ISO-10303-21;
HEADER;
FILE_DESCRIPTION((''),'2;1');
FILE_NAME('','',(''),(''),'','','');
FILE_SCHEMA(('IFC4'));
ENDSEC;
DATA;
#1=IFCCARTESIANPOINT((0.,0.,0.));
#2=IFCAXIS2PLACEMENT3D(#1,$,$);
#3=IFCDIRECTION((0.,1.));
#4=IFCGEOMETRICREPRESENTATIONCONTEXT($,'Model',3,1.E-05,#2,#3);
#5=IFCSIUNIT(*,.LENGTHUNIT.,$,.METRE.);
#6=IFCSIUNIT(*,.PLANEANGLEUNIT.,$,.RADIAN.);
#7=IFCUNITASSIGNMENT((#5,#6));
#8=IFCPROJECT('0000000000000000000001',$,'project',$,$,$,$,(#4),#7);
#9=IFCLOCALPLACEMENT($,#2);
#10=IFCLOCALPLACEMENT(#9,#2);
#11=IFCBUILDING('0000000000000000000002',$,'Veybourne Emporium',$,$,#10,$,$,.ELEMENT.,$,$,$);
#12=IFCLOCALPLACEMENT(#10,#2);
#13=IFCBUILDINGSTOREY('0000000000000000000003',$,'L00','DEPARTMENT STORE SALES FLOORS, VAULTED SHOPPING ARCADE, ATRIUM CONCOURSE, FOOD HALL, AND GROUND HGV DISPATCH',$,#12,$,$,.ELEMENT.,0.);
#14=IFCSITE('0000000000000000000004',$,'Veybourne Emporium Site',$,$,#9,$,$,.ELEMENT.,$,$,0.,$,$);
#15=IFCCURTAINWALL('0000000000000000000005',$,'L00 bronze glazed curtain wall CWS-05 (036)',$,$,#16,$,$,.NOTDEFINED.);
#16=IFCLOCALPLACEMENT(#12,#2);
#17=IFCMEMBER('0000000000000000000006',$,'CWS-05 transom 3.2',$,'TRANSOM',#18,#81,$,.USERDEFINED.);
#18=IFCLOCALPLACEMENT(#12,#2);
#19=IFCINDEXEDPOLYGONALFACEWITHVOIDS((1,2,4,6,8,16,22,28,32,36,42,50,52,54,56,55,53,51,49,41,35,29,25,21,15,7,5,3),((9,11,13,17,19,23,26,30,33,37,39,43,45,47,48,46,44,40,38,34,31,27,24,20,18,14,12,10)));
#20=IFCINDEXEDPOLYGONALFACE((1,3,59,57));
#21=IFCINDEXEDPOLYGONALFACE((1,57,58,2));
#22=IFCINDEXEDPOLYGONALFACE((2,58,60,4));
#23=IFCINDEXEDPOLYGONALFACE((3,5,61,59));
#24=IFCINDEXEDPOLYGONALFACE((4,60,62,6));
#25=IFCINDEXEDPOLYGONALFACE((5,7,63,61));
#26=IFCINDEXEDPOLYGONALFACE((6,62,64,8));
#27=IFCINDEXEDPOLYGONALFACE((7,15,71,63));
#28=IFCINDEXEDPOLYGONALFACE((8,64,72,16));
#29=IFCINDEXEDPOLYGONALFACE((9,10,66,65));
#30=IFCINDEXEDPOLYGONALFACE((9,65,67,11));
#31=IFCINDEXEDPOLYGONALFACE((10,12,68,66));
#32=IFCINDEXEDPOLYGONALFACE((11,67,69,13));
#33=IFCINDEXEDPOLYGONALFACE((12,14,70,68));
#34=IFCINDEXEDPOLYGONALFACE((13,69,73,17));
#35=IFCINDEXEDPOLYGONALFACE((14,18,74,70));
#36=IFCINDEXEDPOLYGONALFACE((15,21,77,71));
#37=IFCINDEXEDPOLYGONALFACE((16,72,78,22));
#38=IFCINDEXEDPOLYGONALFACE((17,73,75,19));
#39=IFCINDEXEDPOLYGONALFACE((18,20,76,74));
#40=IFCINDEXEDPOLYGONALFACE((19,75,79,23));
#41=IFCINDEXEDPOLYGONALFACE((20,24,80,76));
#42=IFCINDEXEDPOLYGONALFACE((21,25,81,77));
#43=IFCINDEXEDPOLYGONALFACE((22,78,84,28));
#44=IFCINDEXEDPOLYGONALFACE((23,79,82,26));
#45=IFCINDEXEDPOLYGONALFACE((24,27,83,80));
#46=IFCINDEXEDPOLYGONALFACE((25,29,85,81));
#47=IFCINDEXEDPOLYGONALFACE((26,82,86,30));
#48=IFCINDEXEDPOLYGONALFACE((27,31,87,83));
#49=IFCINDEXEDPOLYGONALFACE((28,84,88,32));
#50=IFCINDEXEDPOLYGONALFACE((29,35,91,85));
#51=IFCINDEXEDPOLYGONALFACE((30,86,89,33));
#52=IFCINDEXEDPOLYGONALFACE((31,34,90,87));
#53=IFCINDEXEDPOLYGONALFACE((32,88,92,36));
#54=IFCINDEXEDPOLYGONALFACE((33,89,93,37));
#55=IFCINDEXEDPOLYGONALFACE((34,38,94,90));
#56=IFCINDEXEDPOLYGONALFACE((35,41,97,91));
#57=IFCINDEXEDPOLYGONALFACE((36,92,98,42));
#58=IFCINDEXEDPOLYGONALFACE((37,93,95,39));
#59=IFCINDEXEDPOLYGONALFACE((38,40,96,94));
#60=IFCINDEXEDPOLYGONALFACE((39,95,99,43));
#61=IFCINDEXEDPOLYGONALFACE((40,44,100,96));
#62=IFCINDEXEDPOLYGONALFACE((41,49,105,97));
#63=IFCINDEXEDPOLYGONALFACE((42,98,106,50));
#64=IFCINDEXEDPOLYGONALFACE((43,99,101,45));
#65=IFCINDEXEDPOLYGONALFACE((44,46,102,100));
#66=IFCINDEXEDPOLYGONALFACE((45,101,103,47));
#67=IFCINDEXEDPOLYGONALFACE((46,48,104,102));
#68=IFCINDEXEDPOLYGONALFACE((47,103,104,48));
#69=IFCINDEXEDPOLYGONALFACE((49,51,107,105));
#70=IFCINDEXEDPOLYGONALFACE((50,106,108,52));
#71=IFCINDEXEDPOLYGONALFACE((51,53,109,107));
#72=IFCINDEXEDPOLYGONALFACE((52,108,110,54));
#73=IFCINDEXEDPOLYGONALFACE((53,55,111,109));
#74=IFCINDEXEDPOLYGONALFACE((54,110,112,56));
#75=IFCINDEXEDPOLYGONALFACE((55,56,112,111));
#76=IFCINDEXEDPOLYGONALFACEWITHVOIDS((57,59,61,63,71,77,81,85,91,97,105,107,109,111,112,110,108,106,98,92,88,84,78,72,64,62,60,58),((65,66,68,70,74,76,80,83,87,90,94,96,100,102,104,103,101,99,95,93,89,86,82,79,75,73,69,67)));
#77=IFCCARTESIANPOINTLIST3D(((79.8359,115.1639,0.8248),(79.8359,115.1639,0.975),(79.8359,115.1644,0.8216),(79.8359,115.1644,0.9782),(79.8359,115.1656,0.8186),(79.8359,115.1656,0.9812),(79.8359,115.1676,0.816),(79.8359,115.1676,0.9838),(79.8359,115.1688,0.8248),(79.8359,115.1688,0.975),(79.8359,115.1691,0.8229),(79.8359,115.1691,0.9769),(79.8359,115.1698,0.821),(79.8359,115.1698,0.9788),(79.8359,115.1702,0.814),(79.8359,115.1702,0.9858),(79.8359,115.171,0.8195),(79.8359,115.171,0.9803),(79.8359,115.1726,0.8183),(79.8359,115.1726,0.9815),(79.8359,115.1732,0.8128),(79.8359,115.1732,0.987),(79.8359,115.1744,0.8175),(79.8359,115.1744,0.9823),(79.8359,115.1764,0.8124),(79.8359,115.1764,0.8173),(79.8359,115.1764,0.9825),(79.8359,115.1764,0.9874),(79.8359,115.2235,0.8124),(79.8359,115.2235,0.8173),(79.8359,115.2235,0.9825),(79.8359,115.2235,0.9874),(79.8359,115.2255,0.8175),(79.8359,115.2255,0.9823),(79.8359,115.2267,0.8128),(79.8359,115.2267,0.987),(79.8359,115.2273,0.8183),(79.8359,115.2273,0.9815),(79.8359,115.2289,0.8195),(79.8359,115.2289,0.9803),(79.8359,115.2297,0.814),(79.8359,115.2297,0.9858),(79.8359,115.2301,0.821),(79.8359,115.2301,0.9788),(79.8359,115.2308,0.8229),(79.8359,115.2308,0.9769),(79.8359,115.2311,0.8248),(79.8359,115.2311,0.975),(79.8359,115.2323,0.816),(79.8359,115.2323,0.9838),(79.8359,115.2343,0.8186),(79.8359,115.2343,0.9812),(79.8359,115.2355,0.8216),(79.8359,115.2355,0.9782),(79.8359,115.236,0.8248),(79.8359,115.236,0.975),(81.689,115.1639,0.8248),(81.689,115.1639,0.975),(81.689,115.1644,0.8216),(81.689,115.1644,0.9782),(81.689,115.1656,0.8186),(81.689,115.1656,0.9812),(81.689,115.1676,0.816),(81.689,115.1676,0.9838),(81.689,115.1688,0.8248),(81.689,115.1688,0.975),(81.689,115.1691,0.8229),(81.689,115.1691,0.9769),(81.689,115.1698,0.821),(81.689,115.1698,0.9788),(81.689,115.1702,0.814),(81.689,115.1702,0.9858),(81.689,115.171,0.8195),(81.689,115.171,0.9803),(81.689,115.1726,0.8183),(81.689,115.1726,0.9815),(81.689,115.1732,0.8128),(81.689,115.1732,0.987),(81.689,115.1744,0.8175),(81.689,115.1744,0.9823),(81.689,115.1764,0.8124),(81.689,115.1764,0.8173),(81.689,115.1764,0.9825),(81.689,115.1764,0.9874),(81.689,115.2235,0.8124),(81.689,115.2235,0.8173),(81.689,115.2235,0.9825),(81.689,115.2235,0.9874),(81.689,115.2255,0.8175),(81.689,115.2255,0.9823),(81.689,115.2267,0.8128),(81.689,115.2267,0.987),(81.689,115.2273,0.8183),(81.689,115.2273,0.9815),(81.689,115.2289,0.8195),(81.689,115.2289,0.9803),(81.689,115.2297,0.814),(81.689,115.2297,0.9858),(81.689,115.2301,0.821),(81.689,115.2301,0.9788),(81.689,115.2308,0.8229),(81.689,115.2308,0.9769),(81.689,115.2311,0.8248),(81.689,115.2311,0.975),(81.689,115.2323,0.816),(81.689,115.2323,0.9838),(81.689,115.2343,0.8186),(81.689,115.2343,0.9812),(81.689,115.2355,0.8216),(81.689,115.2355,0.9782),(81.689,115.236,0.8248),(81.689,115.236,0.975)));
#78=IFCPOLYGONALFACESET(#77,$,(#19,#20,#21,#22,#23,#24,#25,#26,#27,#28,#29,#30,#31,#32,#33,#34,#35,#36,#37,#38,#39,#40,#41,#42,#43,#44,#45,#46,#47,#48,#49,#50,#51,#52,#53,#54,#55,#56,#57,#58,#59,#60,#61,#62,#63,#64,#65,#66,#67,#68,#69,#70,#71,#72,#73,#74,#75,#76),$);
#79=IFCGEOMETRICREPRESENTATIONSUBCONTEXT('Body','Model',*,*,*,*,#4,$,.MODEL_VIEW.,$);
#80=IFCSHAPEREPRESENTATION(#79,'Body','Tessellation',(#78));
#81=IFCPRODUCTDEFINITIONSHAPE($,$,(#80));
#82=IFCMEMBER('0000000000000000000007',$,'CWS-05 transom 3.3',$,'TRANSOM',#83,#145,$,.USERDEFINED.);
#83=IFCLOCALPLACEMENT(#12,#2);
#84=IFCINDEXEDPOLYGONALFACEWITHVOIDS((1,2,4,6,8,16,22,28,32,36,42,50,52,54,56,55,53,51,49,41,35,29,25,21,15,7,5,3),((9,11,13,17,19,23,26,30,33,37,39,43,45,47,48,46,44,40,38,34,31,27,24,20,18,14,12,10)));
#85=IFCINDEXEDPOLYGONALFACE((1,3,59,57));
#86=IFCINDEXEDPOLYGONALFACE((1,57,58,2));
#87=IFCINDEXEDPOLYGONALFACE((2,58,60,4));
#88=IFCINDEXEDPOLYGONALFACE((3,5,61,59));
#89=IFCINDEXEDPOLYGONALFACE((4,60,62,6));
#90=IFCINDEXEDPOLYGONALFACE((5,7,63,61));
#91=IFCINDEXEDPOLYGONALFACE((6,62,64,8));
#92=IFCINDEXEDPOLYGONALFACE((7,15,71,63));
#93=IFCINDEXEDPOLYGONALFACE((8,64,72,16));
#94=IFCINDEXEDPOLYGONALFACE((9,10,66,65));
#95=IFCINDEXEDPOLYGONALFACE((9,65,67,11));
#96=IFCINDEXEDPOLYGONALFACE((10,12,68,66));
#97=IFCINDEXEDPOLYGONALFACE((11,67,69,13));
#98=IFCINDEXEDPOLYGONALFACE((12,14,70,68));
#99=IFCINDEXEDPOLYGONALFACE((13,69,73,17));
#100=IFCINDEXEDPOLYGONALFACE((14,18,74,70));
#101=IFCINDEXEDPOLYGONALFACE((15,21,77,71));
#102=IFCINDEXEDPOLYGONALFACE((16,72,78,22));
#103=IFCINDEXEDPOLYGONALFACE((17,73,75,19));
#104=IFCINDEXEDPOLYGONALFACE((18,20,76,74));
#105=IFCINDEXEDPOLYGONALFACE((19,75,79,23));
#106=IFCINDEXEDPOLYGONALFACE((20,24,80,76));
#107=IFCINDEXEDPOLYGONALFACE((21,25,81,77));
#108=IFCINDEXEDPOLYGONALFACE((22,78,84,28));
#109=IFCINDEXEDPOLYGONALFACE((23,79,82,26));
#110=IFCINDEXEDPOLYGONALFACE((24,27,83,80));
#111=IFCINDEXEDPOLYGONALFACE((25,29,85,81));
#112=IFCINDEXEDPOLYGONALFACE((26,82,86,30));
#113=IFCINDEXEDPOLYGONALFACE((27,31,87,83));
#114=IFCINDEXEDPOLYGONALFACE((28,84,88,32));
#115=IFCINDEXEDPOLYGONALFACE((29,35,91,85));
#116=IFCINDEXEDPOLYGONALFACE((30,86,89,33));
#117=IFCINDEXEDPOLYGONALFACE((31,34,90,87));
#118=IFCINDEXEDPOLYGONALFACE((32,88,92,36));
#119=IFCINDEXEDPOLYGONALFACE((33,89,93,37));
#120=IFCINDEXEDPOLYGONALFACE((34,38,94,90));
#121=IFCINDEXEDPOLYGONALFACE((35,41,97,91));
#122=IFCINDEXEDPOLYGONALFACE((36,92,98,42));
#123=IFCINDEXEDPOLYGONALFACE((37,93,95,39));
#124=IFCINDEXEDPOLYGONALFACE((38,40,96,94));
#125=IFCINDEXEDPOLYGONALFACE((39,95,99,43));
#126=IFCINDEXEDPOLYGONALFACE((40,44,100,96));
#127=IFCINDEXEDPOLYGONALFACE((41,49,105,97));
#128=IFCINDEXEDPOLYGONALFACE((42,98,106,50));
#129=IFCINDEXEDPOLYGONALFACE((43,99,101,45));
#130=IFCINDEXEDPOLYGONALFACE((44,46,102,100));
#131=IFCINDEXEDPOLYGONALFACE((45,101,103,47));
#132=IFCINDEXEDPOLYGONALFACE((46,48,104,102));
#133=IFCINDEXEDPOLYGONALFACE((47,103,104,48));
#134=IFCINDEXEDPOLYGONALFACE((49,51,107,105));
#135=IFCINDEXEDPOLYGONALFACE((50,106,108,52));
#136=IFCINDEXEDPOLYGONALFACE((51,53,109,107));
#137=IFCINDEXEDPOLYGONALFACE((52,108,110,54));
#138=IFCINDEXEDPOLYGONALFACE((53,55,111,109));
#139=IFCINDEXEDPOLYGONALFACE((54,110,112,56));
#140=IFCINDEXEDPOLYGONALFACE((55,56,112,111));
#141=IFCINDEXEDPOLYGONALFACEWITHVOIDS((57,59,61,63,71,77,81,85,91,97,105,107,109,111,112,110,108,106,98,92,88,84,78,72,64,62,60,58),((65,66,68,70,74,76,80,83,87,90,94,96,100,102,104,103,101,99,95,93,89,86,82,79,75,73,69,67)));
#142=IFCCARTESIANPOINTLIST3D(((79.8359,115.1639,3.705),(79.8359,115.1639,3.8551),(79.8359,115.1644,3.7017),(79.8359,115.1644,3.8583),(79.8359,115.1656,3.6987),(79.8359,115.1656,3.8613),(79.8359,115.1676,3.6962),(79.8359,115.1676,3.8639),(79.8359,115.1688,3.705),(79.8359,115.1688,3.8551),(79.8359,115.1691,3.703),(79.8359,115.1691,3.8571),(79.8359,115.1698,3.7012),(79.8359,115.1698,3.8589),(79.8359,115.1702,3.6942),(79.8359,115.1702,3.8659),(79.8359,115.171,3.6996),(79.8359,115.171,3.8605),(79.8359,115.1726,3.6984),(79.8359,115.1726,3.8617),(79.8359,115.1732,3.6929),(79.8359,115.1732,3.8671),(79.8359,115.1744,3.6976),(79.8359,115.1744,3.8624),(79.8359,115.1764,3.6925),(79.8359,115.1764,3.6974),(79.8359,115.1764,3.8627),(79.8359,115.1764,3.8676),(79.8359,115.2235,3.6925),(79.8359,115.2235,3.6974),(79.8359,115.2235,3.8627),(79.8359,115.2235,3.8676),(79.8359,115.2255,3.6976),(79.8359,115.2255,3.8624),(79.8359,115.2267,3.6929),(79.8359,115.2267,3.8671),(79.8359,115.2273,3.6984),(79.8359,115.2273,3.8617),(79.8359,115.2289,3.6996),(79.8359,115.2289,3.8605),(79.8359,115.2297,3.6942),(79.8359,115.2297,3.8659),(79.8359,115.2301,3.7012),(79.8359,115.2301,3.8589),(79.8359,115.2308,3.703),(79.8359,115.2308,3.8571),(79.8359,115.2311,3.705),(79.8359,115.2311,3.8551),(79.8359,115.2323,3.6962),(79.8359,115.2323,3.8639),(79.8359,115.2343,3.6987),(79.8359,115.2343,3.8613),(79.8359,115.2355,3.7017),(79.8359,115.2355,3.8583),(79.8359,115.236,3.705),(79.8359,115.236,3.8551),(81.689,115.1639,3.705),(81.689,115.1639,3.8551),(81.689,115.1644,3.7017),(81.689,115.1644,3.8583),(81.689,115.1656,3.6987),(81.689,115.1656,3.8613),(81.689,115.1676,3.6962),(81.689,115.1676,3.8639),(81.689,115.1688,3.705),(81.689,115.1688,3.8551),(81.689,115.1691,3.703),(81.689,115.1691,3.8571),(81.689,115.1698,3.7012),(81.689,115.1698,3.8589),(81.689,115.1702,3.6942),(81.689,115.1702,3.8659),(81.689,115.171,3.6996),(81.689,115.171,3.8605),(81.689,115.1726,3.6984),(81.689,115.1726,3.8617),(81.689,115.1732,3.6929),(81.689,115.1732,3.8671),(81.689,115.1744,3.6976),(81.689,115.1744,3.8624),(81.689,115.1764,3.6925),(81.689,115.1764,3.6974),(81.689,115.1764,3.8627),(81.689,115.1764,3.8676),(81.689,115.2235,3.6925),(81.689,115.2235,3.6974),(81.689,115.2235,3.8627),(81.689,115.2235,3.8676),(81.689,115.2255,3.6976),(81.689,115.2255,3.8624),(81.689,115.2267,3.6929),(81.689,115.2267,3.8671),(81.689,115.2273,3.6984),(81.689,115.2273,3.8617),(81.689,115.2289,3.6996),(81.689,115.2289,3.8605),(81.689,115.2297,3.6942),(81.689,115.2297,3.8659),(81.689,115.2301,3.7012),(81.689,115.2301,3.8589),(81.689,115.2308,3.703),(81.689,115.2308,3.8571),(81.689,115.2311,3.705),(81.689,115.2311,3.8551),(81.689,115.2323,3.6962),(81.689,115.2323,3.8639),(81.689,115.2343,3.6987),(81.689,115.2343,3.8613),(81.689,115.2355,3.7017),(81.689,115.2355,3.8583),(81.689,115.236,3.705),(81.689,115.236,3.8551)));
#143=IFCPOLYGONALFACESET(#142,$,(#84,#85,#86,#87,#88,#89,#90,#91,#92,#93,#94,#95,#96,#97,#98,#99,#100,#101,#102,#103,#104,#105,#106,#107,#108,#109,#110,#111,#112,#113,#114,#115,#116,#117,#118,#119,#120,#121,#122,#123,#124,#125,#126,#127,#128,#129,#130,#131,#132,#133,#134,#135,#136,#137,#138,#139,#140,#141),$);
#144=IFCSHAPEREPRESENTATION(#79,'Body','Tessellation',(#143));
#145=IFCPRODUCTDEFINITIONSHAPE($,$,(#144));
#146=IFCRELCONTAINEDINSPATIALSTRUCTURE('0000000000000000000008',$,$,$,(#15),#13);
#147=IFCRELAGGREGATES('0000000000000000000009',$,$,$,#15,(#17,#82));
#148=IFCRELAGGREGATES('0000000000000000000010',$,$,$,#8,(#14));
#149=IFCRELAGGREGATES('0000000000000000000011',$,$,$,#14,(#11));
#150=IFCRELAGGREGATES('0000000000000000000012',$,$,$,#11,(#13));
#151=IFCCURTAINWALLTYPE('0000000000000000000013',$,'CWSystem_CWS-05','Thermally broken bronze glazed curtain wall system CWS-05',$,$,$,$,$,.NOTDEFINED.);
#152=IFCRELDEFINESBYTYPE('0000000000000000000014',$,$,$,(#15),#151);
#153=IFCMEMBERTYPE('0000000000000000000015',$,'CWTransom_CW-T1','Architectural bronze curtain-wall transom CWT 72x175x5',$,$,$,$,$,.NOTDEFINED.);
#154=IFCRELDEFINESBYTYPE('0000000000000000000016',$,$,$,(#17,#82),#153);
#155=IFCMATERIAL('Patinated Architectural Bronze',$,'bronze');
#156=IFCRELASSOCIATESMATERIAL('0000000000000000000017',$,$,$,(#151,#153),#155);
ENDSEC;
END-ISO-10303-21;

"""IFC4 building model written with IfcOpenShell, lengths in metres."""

from ifc_helpers import new_model, si_unit, direction, frame, origin, origin_2d, place, context, subcontext, project, spatial, hollow_rectangle, extrude, material, material_profile, profile_set, type_object, element, aggregate, save


model = new_model("IFC4")

# Units and contexts
model_context = context("Model", 3, precision=1e-05, world=origin(), true_north=direction((0.0, 1.0)))
body_context = subcontext(model_context, "Body", "Model", "MODEL_VIEW")
ifc_project = project(units=[si_unit("LENGTHUNIT", "METRE"), si_unit("PLANEANGLEUNIT", "RADIAN")], contexts=[model_context])

# Site, building, storey
site_placement = place(None, origin())
site = spatial("IfcSite", under=ifc_project, at=site_placement, Name="Veybourne Emporium Site", CompositionType="ELEMENT", RefElevation=0.0)
building_placement = place(site_placement, origin())
building = spatial("IfcBuilding", under=site, at=building_placement, Name="Veybourne Emporium", CompositionType="ELEMENT")
storey_placement = place(building_placement, origin())
storey = spatial("IfcBuildingStorey", under=building, at=storey_placement, Name="L00", Description="DEPARTMENT STORE SALES FLOORS, VAULTED SHOPPING ARCADE, ATRIUM CONCOURSE, FOOD HALL, AND GROUND HGV DISPATCH", CompositionType="ELEMENT", Elevation=0.0)

# Curtain wall, members
ifc_material_1 = material(Name="Patinated Architectural Bronze", Category="bronze")
curtain_wall_type = type_object("IfcCurtainWallType", Name="CWSystem_CWS-05", Description="Thermally broken bronze glazed curtain wall system CWS-05", PredefinedType="NOTDEFINED", material=ifc_material_1)
curtain_wall_placement = place(storey_placement, origin())
curtain_wall = element("IfcCurtainWall", 1, at=curtain_wall_placement, inside=storey, type_object=curtain_wall_type, Name="L00 bronze glazed curtain wall CWS-05 (036)", PredefinedType="NOTDEFINED")
ifc_material_profile_1 = material_profile(ifc_material_1, hollow_rectangle(XDim=0.072, YDim=0.175, WallThickness=0.0049, InnerFilletRadius=0.0076, OuterFilletRadius=0.0125, at=origin_2d()), Name="CWT 72x175x5")
ifc_profile_set_1 = profile_set([ifc_material_profile_1], Name="Patinated Architectural Bronze")
member_type_1 = type_object("IfcMemberType", Name="CWTransom_CW-T1", Description="Architectural bronze curtain-wall transom CWT 72x175x5", PredefinedType="NOTDEFINED", material=ifc_profile_set_1)
member_1_placement = place(storey_placement, frame((79.8359, 115.2, 0.8999), z_axis=(1.0, 0.0, 0.0), x_axis=(0.0, 1.0, 0.0)))
member_1 = element("IfcMember", 2, at=member_1_placement, type_object=member_type_1, Name="CWS-05 transom 3.2", ObjectType="TRANSOM", PredefinedType="USERDEFINED", context=body_context, shape_type="SweptSolid", body=[
    extrude(hollow_rectangle(XDim=0.072, YDim=0.175, WallThickness=0.0049, InnerFilletRadius=0.0076, OuterFilletRadius=0.0125, at=origin_2d()), origin(), (0.0, 0.0, 1.0), 1.853),
])
member_2_placement = place(storey_placement, frame((79.8359, 115.2, 3.78), z_axis=(1.0, 0.0, 0.0), x_axis=(0.0, 1.0, 0.0)))
member_2 = element("IfcMember", 3, at=member_2_placement, type_object=member_type_1, Name="CWS-05 transom 3.3", ObjectType="TRANSOM", PredefinedType="USERDEFINED", context=body_context, shape_type="SweptSolid", body=[
    extrude(hollow_rectangle(XDim=0.072, YDim=0.175, WallThickness=0.0049, InnerFilletRadius=0.0076, OuterFilletRadius=0.0125, at=origin_2d()), origin(), (0.0, 0.0, 1.0), 1.853),
])

aggregate(curtain_wall, [member_1, member_2])

save(model, "model.ifc")
